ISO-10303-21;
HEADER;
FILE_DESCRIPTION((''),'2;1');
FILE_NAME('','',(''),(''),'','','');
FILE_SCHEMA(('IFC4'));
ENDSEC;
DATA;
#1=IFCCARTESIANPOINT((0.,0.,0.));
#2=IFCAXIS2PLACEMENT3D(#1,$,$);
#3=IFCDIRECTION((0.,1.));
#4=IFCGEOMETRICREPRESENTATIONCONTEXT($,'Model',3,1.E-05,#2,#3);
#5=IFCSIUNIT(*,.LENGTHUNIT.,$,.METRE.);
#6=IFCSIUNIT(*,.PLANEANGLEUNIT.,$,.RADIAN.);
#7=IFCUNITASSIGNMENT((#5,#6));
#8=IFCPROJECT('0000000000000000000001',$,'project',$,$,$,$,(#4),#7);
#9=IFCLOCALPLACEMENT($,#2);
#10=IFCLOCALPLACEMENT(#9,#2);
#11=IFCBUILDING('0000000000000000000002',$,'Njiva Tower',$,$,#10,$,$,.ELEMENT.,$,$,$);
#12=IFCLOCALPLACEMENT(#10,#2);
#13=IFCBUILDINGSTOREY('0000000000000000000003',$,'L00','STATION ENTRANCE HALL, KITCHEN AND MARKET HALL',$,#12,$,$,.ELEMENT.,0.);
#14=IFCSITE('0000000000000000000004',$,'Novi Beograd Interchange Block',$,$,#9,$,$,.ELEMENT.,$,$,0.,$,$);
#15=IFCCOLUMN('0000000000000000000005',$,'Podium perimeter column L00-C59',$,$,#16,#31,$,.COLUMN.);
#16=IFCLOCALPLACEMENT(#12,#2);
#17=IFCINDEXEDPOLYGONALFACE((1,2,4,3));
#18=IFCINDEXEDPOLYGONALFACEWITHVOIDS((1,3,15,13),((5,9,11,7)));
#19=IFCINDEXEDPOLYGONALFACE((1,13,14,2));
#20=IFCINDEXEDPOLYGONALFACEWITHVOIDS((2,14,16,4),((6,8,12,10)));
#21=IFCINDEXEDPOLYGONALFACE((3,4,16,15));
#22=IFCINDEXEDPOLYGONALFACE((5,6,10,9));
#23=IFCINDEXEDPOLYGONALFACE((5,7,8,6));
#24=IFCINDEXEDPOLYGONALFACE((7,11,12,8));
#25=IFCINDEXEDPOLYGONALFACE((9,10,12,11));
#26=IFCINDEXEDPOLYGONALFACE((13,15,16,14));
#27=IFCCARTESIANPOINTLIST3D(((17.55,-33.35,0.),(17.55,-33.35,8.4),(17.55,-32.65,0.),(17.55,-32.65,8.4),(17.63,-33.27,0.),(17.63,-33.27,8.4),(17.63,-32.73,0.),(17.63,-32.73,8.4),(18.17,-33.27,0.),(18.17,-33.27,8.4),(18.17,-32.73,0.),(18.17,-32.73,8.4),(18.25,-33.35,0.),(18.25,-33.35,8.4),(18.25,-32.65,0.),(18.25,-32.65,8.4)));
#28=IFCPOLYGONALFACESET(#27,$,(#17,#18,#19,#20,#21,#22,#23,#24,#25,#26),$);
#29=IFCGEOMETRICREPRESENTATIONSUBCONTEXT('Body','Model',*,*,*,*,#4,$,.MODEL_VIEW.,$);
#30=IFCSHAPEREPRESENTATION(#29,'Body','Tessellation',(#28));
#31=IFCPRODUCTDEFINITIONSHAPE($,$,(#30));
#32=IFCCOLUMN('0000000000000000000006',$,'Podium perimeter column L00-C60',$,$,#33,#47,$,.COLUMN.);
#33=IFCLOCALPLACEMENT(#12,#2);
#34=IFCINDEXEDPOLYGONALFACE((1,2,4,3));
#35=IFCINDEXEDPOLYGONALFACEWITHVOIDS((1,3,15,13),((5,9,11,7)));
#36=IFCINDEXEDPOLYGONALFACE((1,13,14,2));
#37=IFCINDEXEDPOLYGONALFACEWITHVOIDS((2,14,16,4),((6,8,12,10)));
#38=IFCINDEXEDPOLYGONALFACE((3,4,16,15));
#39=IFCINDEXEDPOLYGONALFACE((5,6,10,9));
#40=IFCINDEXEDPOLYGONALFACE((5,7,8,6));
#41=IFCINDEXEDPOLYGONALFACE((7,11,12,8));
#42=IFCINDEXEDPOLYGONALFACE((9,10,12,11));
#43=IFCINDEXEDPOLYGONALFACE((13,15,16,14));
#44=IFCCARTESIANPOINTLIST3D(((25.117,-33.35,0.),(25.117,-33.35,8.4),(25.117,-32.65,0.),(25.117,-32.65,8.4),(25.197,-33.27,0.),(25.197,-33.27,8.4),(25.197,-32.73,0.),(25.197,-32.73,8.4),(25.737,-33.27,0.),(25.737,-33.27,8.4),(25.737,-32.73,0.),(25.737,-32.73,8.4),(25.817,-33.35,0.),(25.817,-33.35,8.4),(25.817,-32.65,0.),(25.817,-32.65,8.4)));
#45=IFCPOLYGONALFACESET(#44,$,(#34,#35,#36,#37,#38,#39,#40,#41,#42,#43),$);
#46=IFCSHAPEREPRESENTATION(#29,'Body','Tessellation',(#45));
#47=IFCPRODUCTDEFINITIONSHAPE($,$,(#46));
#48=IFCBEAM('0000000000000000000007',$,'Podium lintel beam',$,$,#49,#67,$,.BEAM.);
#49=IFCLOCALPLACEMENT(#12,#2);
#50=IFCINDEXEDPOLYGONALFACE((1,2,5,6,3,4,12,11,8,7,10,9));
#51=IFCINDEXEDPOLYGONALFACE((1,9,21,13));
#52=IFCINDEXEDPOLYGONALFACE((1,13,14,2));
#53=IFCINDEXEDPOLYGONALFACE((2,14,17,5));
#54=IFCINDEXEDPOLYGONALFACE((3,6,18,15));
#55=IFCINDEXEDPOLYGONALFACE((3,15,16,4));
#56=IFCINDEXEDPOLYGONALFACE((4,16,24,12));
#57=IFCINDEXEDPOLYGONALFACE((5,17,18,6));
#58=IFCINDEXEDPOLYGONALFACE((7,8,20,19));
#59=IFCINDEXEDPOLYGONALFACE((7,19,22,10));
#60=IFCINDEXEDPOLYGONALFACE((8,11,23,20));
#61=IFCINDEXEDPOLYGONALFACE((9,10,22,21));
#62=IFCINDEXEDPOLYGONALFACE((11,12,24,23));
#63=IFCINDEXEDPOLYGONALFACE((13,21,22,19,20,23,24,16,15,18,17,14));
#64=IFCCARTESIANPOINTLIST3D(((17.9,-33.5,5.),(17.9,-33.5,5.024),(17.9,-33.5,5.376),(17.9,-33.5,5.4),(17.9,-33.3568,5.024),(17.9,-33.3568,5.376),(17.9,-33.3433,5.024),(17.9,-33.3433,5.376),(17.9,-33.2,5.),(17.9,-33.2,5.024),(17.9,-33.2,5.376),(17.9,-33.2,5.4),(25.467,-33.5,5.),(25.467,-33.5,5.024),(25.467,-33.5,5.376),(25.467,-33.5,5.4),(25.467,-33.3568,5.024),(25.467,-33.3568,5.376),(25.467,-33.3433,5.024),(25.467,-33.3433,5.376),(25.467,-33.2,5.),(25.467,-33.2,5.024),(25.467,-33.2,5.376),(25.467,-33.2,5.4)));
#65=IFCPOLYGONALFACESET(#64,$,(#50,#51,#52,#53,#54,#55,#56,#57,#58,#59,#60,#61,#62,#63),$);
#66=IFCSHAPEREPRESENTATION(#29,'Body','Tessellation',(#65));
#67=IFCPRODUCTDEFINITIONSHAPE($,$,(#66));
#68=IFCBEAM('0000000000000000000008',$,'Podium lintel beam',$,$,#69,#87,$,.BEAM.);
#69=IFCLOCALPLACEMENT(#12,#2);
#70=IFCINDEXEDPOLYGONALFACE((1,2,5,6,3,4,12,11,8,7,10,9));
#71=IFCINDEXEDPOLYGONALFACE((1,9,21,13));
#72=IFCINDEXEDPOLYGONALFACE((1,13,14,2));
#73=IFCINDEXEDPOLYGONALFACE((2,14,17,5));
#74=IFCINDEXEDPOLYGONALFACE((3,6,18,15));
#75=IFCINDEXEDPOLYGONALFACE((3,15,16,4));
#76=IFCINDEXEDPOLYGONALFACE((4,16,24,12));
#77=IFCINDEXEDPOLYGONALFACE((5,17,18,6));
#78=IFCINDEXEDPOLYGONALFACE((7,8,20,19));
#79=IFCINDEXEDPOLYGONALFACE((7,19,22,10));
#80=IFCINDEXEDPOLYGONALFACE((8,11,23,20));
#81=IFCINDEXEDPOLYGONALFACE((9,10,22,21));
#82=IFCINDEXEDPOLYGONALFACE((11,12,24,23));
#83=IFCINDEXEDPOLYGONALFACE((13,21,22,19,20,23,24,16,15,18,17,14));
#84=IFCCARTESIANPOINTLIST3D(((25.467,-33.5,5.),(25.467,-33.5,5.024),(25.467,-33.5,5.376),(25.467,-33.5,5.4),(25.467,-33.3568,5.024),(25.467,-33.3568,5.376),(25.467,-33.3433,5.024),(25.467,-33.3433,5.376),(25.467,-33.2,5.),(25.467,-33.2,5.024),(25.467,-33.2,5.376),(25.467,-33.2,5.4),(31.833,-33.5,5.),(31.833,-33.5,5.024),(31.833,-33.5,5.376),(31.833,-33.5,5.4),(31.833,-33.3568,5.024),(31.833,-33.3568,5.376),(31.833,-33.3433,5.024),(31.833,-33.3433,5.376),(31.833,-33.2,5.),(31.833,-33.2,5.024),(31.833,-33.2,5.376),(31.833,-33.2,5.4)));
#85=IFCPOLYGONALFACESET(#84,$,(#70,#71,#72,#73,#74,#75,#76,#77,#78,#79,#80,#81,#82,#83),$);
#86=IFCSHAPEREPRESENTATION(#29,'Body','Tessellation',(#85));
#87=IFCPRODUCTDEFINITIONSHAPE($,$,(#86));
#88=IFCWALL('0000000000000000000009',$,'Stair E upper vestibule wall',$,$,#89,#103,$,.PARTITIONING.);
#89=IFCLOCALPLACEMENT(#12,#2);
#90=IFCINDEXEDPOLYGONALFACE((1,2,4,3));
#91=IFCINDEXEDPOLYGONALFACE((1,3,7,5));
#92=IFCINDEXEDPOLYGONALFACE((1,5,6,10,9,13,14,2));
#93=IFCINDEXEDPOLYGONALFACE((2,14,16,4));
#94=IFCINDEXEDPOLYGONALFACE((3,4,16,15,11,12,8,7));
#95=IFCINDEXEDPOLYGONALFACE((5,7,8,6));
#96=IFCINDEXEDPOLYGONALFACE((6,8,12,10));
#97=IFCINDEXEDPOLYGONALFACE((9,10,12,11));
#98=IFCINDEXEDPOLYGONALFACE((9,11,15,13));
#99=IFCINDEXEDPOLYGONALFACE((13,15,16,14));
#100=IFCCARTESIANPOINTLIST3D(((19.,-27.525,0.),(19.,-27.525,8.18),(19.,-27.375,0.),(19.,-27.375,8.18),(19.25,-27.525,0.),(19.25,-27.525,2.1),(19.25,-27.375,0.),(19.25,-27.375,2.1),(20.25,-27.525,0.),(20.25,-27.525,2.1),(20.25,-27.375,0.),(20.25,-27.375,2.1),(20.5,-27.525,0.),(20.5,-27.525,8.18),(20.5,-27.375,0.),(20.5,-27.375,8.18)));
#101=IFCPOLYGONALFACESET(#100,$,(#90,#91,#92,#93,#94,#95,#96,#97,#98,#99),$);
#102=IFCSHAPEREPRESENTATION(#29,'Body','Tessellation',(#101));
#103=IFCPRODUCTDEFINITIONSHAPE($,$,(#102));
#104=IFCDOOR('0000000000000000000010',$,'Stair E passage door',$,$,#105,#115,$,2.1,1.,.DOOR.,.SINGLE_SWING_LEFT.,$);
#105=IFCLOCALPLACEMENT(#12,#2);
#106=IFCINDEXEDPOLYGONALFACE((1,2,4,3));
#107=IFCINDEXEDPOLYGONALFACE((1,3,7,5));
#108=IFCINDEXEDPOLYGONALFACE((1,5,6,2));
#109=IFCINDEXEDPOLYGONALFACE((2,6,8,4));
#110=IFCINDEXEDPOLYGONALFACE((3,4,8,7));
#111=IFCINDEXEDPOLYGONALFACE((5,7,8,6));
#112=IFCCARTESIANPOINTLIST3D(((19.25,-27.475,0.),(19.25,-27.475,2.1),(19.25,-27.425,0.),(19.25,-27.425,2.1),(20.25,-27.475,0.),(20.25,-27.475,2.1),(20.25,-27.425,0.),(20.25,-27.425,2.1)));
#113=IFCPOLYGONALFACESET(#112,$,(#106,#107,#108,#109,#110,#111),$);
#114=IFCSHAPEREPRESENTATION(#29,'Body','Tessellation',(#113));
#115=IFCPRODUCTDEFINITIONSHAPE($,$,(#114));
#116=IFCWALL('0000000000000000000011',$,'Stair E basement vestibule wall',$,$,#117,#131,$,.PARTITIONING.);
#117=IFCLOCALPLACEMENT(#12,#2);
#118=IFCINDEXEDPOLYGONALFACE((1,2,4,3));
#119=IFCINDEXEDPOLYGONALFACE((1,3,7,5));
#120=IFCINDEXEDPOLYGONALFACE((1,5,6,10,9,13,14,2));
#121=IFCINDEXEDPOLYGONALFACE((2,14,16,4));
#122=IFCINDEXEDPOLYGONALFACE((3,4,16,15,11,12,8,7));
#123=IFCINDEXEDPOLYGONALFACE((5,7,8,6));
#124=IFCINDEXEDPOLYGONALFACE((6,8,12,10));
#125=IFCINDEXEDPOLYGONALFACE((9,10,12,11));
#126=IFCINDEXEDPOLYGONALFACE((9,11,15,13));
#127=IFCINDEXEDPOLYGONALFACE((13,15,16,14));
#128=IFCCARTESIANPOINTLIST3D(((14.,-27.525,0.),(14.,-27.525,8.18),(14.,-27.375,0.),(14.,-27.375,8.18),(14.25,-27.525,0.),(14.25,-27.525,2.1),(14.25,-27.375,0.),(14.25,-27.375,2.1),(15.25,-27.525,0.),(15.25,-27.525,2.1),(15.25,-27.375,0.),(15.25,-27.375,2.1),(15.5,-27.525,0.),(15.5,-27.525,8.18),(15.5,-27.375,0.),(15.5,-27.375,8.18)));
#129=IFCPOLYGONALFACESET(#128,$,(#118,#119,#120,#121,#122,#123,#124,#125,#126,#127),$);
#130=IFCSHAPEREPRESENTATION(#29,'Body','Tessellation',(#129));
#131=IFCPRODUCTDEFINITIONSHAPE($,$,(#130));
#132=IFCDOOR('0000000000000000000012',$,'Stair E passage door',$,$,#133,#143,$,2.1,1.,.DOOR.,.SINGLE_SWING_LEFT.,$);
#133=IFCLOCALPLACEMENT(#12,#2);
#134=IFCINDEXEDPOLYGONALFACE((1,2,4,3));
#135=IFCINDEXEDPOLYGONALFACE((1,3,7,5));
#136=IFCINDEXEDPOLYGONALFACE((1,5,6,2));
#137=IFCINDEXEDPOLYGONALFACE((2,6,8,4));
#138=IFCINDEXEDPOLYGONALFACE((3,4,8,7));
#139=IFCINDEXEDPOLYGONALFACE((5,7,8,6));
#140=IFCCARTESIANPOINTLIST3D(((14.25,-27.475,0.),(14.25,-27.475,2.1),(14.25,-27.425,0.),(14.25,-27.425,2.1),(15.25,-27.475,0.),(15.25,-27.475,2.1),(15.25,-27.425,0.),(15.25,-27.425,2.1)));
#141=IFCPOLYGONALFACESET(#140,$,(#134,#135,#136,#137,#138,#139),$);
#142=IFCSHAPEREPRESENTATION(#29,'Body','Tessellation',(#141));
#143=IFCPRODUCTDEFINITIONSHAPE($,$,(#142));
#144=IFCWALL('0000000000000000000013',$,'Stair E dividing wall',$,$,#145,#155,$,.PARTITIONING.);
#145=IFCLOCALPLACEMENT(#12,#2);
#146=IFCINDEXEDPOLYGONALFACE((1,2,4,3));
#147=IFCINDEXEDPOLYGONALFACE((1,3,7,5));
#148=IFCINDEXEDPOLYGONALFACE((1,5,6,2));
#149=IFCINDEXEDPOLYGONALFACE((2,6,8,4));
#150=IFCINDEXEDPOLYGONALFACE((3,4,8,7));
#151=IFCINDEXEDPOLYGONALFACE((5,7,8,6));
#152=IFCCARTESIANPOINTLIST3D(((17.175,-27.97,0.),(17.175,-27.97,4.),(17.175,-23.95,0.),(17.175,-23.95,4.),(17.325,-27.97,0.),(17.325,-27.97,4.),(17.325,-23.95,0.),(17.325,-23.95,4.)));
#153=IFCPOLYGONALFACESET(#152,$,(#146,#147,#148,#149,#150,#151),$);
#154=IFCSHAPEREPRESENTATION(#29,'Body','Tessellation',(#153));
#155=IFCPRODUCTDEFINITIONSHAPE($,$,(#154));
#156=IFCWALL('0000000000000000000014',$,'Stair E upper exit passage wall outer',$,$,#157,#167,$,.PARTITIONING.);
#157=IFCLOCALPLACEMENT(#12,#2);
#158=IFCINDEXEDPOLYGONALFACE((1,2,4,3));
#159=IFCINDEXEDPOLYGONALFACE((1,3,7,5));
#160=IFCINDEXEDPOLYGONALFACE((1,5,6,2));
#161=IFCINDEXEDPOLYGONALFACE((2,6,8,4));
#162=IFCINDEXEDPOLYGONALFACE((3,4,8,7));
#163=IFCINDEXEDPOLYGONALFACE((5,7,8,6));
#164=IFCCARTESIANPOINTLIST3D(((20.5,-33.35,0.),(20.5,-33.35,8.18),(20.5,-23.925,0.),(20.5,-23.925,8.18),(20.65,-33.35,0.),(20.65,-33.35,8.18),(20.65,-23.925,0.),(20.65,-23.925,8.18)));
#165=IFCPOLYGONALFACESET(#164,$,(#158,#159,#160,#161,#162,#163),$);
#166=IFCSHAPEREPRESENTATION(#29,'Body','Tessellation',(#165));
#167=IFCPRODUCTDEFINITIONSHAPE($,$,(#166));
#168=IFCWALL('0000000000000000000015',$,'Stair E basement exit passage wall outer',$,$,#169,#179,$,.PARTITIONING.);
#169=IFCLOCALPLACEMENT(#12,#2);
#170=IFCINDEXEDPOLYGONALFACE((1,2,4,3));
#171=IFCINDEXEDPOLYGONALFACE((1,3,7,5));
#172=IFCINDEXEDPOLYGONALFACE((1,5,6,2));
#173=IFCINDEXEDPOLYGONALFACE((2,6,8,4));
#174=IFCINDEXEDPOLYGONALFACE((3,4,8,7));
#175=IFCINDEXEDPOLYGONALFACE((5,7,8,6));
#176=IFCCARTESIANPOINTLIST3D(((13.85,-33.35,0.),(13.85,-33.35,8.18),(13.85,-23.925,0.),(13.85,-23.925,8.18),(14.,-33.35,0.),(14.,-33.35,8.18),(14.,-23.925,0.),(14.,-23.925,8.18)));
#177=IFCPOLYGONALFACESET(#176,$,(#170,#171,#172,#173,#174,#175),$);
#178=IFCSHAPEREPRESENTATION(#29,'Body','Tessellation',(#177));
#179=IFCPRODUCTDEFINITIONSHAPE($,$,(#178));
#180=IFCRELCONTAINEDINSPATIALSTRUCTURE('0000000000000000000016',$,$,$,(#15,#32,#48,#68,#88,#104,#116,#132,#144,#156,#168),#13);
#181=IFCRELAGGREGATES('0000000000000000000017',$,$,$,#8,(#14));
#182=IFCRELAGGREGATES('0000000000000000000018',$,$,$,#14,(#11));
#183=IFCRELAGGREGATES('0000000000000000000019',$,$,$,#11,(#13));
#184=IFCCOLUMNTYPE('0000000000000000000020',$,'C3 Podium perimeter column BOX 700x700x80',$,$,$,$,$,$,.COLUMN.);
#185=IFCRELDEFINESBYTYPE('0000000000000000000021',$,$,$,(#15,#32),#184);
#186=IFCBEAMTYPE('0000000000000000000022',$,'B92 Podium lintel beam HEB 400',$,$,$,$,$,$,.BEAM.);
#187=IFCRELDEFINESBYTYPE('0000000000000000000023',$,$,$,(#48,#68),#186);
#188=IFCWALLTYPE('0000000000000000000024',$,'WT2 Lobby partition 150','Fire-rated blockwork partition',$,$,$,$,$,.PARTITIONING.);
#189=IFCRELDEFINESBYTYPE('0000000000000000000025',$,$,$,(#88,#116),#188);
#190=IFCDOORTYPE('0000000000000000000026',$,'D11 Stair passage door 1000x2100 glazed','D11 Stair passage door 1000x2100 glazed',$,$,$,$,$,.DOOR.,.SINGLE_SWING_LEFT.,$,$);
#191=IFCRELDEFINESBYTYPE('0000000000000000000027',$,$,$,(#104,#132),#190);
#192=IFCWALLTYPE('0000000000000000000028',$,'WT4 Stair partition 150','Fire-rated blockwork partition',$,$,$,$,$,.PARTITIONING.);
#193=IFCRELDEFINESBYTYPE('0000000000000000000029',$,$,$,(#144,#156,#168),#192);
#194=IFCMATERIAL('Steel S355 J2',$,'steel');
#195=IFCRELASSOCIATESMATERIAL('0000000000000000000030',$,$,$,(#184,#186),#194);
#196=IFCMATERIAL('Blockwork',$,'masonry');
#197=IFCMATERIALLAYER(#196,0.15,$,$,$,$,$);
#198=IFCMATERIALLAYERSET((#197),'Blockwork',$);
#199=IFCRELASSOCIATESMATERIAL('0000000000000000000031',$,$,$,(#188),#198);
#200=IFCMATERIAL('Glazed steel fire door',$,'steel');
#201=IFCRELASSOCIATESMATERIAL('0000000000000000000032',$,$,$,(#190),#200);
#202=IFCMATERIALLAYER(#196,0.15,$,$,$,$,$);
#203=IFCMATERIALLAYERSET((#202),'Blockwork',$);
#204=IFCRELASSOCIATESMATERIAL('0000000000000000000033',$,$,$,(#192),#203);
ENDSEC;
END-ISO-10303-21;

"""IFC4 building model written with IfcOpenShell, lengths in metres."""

from ifc_helpers import new_model, si_unit, direction, frame, frame_2d, origin, origin_2d, place, context, subcontext, project, spatial, rectangle, hollow_rectangle, i_section, extrude, material, layer, layer_set, material_profile, profile_set, type_object, element, fill, save


model = new_model("IFC4")

# Units and contexts
model_context = context("Model", 3, precision=1e-05, world=origin(), true_north=direction((0.0, 1.0)))
body_context = subcontext(model_context, "Body", "Model", "MODEL_VIEW")
ifc_project = project(units=[si_unit("LENGTHUNIT", "METRE"), si_unit("PLANEANGLEUNIT", "RADIAN")], contexts=[model_context])

# Site, building, storey
site_placement = place(None, origin())
site = spatial("IfcSite", under=ifc_project, at=site_placement, Name="Novi Beograd Interchange Block", CompositionType="ELEMENT", RefElevation=0.0)
building_placement = place(site_placement, origin())
building = spatial("IfcBuilding", under=site, at=building_placement, Name="Njiva Tower", CompositionType="ELEMENT")
storey_placement = place(building_placement, origin())
storey = spatial("IfcBuildingStorey", under=building, at=storey_placement, Name="L00", Description="STATION ENTRANCE HALL, KITCHEN AND MARKET HALL", CompositionType="ELEMENT", Elevation=0.0)

# Columns
ifc_material_1 = material(Name="Steel S355 J2", Category="steel")
ifc_material_profile_1 = material_profile(ifc_material_1, hollow_rectangle(XDim=0.7, YDim=0.7, WallThickness=0.08, at=origin_2d()), Name="BOX 700x700x80")
ifc_profile_set_1 = profile_set([ifc_material_profile_1], Name="Steel S355 J2")
column_type = type_object("IfcColumnType", Name="C3 Podium perimeter column BOX 700x700x80", PredefinedType="COLUMN", material=ifc_profile_set_1)
for number, where, z_axis, x_axis, name in (
    (1, (17.9, -33.0, 0.0), (0.0, 0.0, 1.0), (1.0, 0.0, 0.0), "Podium perimeter column L00-C59"),
    (2, (25.467, -33.0, 0.0), (0.0, 0.0, 1.0), (1.0, 0.0, 0.0), "Podium perimeter column L00-C60"),
):
    element("IfcColumn", number, at=place(storey_placement, frame(where, z_axis=z_axis, x_axis=x_axis)), inside=storey, type_object=column_type, Name=name, PredefinedType="COLUMN", context=body_context, shape_type="SweptSolid", body=[
        extrude(hollow_rectangle(XDim=0.7, YDim=0.7, WallThickness=0.08, at=origin_2d()), origin(), (0.0, 0.0, 1.0), 8.4),
    ])

# Beams
ifc_material_profile_2 = material_profile(ifc_material_1, i_section(OverallWidth=0.3, OverallDepth=0.4, WebThickness=0.0135, FlangeThickness=0.024, at=origin_2d()), Name="HEB400")
ifc_profile_set_2 = profile_set([ifc_material_profile_2], Name="Steel S355 J2")
beam_type = type_object("IfcBeamType", Name="B92 Podium lintel beam HEB 400", PredefinedType="BEAM", material=ifc_profile_set_2)
beam_1_placement = place(storey_placement, frame((17.9, -33.35, 5.2), z_axis=(1.0, 0.0, 0.0), x_axis=(0.0, 1.0, 0.0)))
element("IfcBeam", 3, at=beam_1_placement, inside=storey, type_object=beam_type, Name="Podium lintel beam", PredefinedType="BEAM", context=body_context, shape_type="SweptSolid", body=[
    extrude(i_section(OverallWidth=0.3, OverallDepth=0.4, WebThickness=0.0135, FlangeThickness=0.024, at=origin_2d()), origin(), (0.0, 0.0, 1.0), 7.567),
])
beam_2_placement = place(storey_placement, frame((25.467, -33.35, 5.2), z_axis=(1.0, 0.0, 0.0), x_axis=(0.0, 1.0, 0.0)))
element("IfcBeam", 4, at=beam_2_placement, inside=storey, type_object=beam_type, Name="Podium lintel beam", PredefinedType="BEAM", context=body_context, shape_type="SweptSolid", body=[
    extrude(i_section(OverallWidth=0.3, OverallDepth=0.4, WebThickness=0.0135, FlangeThickness=0.024, at=origin_2d()), origin(), (0.0, 0.0, 1.0), 6.366),
])

# Walls, openings, doors
ifc_material_2 = material(Name="Blockwork", Category="masonry")
ifc_layer_1 = layer(ifc_material_2, 0.15)
ifc_layer_set_1 = layer_set([ifc_layer_1], Name="Blockwork")
wall_type_1 = type_object("IfcWallType", Name="WT2 Lobby partition 150", Description="Fire-rated blockwork partition", PredefinedType="PARTITIONING", material=ifc_layer_set_1)
wall_1_placement = place(storey_placement, frame((19.0, -27.45, 0.0), z_axis=(0.0, 0.0, 1.0), x_axis=(1.0, 0.0, 0.0)))
wall_1 = element("IfcWall", 5, at=wall_1_placement, inside=storey, type_object=wall_type_1, Name="Stair E upper vestibule wall", PredefinedType="PARTITIONING", context=body_context, shape_type="SweptSolid", body=[
    extrude(rectangle(XDim=1.5, YDim=0.15, at=frame_2d((0.75, 0.0))), origin(), (0.0, 0.0, 1.0), 8.18),
])
opening_1_placement = place(wall_1_placement, frame((0.25, 0.0, 0.0)))
opening_1 = element("IfcOpeningElement", 6, at=opening_1_placement, cuts=wall_1, PredefinedType="OPENING", context=body_context, shape_type="SweptSolid", body=[
    extrude(rectangle(XDim=1.0, YDim=2.1, at=frame_2d((0.5, 1.05))), frame((0.0, 0.085, 0.0), z_axis=(0.0, -1.0, 0.0), x_axis=(1.0, 0.0, 0.0)), (0.0, 0.0, 1.0), 0.17),
])
ifc_material_3 = material(Name="Glazed steel fire door", Category="steel")
door_type_1 = type_object("IfcDoorType", Name="D11 Stair passage door 1000x2100 glazed", Description="D11 Stair passage door 1000x2100 glazed", OperationType="SINGLE_SWING_LEFT", PredefinedType="DOOR", material=ifc_material_3)
door_1_placement = place(opening_1_placement, origin())
door_1 = element("IfcDoor", 7, at=door_1_placement, inside=storey, type_object=door_type_1, Name="Stair E passage door", OperationType="SINGLE_SWING_LEFT", OverallHeight=2.1, OverallWidth=1.0, PredefinedType="DOOR", context=body_context, shape_type="SweptSolid", body=[
    extrude(rectangle(XDim=1.0, YDim=2.1, at=frame_2d((0.5, 1.05))), frame((0.0, 0.025, 0.0), z_axis=(0.0, -1.0, 0.0), x_axis=(1.0, 0.0, 0.0)), (0.0, 0.0, 1.0), 0.05),
])
fill(opening_1, door_1)
wall_2_placement = place(storey_placement, frame((14.0, -27.45, 0.0), z_axis=(0.0, 0.0, 1.0), x_axis=(1.0, 0.0, 0.0)))
wall_2 = element("IfcWall", 8, at=wall_2_placement, inside=storey, type_object=wall_type_1, Name="Stair E basement vestibule wall", PredefinedType="PARTITIONING", context=body_context, shape_type="SweptSolid", body=[
    extrude(rectangle(XDim=1.5, YDim=0.15, at=frame_2d((0.75, 0.0))), origin(), (0.0, 0.0, 1.0), 8.18),
])
opening_2_placement = place(wall_2_placement, frame((0.25, 0.0, 0.0)))
opening_2 = element("IfcOpeningElement", 9, at=opening_2_placement, cuts=wall_2, PredefinedType="OPENING", context=body_context, shape_type="SweptSolid", body=[
    extrude(rectangle(XDim=1.0, YDim=2.1, at=frame_2d((0.5, 1.05))), frame((0.0, 0.085, 0.0), z_axis=(0.0, -1.0, 0.0), x_axis=(1.0, 0.0, 0.0)), (0.0, 0.0, 1.0), 0.17),
])
door_2_placement = place(opening_2_placement, origin())
door_2 = element("IfcDoor", 10, at=door_2_placement, inside=storey, type_object=door_type_1, Name="Stair E passage door", OperationType="SINGLE_SWING_LEFT", OverallHeight=2.1, OverallWidth=1.0, PredefinedType="DOOR", context=body_context, shape_type="SweptSolid", body=[
    extrude(rectangle(XDim=1.0, YDim=2.1, at=frame_2d((0.5, 1.05))), frame((0.0, 0.025, 0.0), z_axis=(0.0, -1.0, 0.0), x_axis=(1.0, 0.0, 0.0)), (0.0, 0.0, 1.0), 0.05),
])
fill(opening_2, door_2)

# Walls
ifc_layer_2 = layer(ifc_material_2, 0.15)
ifc_layer_set_2 = layer_set([ifc_layer_2], Name="Blockwork")
wall_type_2 = type_object("IfcWallType", Name="WT4 Stair partition 150", Description="Fire-rated blockwork partition", PredefinedType="PARTITIONING", material=ifc_layer_set_2)
wall_3_placement = place(storey_placement, frame((17.25, -27.97, 0.0), z_axis=(0.0, 0.0, 1.0), x_axis=(0.0, 1.0, 0.0)))
element("IfcWall", 11, at=wall_3_placement, inside=storey, type_object=wall_type_2, Name="Stair E dividing wall", PredefinedType="PARTITIONING", context=body_context, shape_type="SweptSolid", body=[
    extrude(rectangle(XDim=4.02, YDim=0.15, at=frame_2d((2.01, 0.0))), origin(), (0.0, 0.0, 1.0), 4.0),
])
for number, where, z_axis, x_axis, name in (
    (12, (20.575, -33.35, 0.0), (0.0, 0.0, 1.0), (0.0, 1.0, 0.0), "Stair E upper exit passage wall outer"),
    (13, (13.925, -33.35, 0.0), (0.0, 0.0, 1.0), (0.0, 1.0, 0.0), "Stair E basement exit passage wall outer"),
):
    element("IfcWall", number, at=place(storey_placement, frame(where, z_axis=z_axis, x_axis=x_axis)), inside=storey, type_object=wall_type_2, Name=name, PredefinedType="PARTITIONING", context=body_context, shape_type="SweptSolid", body=[
        extrude(rectangle(XDim=9.425, YDim=0.15, at=frame_2d((4.7125, 0.0))), origin(), (0.0, 0.0, 1.0), 8.18),
    ])

save(model, "model.ifc")
